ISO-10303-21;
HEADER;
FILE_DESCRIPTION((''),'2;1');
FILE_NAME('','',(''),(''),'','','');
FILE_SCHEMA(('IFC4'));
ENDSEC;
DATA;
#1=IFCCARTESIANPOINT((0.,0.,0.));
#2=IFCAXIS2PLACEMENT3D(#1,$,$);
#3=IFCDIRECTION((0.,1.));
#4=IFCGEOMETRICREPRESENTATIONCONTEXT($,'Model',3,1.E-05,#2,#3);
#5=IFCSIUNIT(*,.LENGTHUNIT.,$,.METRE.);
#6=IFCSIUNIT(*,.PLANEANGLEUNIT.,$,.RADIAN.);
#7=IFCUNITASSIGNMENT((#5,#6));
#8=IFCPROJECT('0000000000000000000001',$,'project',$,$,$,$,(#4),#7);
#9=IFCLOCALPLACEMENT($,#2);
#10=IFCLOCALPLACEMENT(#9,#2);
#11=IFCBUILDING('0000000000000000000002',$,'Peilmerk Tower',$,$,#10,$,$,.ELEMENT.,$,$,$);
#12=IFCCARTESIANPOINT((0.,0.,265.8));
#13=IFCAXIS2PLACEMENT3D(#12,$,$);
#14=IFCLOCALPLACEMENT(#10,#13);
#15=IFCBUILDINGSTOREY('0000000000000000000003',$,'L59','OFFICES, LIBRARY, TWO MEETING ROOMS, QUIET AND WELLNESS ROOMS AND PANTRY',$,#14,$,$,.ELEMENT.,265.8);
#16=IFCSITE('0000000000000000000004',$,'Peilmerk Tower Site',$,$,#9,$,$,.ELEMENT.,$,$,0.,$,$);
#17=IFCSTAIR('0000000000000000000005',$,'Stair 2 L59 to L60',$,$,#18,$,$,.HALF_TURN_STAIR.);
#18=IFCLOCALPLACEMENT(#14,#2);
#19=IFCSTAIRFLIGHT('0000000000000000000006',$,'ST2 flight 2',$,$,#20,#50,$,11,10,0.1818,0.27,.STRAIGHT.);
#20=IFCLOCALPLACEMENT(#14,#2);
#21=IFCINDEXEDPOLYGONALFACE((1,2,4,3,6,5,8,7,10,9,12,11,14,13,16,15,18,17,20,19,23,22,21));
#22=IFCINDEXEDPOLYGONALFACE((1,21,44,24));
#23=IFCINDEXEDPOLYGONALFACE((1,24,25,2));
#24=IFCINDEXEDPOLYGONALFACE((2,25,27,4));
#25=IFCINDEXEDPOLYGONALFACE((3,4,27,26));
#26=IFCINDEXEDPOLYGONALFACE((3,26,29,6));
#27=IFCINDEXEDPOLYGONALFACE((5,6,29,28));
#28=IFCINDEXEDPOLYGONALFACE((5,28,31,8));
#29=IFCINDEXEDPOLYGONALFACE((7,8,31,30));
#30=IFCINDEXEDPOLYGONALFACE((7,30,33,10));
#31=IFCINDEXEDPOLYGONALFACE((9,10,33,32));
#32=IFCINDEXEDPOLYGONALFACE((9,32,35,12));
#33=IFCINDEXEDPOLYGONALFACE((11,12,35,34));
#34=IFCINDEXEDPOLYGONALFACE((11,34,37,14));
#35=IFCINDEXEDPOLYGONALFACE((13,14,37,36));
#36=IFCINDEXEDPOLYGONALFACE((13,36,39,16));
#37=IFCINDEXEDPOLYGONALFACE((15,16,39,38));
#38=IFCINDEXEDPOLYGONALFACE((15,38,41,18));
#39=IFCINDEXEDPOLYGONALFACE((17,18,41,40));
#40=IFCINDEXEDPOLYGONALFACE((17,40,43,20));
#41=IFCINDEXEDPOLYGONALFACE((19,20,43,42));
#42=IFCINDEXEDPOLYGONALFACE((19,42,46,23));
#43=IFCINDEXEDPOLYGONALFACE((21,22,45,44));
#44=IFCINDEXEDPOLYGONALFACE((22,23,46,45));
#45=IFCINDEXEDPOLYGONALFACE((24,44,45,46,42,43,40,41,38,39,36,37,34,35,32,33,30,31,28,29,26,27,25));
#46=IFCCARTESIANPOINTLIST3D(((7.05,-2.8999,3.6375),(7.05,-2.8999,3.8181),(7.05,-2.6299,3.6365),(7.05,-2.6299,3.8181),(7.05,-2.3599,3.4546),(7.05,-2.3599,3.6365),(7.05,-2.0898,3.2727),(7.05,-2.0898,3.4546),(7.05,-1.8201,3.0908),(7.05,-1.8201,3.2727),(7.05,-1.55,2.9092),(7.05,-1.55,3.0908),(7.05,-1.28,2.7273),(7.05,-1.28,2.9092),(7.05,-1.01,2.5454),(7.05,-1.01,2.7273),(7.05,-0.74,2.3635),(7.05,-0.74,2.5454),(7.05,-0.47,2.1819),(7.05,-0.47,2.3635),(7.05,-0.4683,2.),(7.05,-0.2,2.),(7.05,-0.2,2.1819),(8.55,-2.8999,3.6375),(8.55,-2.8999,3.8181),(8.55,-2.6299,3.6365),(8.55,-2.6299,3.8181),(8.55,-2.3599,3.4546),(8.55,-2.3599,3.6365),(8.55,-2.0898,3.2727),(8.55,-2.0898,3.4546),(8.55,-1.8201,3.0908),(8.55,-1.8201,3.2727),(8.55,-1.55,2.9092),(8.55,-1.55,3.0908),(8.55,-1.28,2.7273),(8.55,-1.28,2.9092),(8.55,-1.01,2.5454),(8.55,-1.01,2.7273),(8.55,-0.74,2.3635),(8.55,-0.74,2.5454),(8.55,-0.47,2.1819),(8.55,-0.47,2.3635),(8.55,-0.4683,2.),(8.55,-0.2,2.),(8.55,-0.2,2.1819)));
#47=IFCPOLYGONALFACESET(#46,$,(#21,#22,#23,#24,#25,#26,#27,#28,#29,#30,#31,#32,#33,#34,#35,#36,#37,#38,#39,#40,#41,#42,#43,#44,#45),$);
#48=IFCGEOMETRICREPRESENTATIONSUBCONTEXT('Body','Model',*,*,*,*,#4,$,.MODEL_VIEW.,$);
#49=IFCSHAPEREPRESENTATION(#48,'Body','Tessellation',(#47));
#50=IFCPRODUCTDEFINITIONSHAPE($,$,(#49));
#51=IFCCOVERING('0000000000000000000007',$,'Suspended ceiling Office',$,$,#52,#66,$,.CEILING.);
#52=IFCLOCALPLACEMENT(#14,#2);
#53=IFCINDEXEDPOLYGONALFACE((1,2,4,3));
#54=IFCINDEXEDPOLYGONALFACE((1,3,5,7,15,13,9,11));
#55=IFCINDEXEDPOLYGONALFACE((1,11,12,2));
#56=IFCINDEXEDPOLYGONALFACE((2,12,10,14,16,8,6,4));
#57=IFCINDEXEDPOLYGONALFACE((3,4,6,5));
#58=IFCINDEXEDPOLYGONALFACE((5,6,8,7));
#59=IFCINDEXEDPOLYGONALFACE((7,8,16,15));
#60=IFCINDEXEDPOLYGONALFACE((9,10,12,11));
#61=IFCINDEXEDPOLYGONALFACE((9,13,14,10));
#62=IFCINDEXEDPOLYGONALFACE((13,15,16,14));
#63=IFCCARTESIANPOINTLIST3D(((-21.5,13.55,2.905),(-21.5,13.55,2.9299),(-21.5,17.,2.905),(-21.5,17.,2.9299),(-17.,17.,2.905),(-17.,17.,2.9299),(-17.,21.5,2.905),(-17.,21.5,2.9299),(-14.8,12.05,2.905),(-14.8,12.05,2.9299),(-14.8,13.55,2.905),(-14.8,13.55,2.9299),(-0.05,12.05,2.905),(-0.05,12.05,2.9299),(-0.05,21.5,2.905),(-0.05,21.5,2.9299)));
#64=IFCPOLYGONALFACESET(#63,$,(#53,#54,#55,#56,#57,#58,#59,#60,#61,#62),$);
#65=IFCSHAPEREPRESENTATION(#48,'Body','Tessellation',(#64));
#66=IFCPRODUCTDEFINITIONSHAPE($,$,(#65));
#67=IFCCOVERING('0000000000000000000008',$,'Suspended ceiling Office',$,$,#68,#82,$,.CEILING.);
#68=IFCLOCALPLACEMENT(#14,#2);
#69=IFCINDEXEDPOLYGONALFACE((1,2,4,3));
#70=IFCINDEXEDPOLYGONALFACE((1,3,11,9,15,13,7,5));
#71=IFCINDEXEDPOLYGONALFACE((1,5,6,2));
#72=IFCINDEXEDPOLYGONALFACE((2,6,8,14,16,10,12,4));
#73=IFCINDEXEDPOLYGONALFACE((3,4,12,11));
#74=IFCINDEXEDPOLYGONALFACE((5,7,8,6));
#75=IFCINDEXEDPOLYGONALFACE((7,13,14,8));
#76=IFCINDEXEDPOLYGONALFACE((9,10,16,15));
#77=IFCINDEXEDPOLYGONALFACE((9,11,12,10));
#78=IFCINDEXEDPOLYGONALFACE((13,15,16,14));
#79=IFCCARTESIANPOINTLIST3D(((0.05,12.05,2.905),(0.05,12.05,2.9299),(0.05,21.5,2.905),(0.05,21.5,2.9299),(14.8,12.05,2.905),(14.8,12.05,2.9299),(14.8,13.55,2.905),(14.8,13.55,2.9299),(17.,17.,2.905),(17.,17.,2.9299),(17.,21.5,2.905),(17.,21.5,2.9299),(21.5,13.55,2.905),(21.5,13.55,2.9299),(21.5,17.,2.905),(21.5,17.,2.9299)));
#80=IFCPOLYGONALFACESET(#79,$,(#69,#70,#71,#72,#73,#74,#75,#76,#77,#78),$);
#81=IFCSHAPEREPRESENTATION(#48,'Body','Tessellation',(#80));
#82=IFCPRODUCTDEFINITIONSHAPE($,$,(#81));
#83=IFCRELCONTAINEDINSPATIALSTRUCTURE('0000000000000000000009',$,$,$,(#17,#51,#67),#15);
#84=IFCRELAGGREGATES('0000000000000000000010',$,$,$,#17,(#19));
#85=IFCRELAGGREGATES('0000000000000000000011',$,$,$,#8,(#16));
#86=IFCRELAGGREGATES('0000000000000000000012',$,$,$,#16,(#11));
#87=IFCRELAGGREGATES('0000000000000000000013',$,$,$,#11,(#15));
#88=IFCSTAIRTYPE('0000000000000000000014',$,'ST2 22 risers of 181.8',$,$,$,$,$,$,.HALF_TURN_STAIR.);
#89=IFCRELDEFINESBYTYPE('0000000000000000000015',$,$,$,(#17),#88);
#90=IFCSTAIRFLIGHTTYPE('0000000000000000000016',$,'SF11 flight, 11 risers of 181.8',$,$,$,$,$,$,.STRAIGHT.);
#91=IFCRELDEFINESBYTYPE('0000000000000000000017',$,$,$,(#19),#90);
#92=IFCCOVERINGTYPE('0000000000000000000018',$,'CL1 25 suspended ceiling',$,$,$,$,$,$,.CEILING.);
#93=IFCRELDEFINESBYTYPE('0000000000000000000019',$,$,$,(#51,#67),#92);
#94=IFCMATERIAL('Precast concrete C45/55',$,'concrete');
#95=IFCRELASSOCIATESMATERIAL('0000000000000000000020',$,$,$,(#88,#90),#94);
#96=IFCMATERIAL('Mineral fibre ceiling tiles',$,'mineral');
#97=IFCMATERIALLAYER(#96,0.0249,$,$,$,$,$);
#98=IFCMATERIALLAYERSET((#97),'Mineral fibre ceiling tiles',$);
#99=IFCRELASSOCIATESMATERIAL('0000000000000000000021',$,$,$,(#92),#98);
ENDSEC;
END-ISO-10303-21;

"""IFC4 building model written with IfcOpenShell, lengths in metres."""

from ifc_helpers import new_model, si_unit, direction, frame, origin, place, context, subcontext, project, spatial, polyline, outline, extrude, material, layer, layer_set, type_object, element, aggregate, save


model = new_model("IFC4")

# Units and contexts
model_context = context("Model", 3, precision=1e-05, world=origin(), true_north=direction((0.0, 1.0)))
body_context = subcontext(model_context, "Body", "Model", "MODEL_VIEW")
ifc_project = project(units=[si_unit("LENGTHUNIT", "METRE"), si_unit("PLANEANGLEUNIT", "RADIAN")], contexts=[model_context])

# Site, building, storey
site_placement = place(None, origin())
site = spatial("IfcSite", under=ifc_project, at=site_placement, Name="Peilmerk Tower Site", CompositionType="ELEMENT", RefElevation=0.0)
building_placement = place(site_placement, origin())
building = spatial("IfcBuilding", under=site, at=building_placement, Name="Peilmerk Tower", CompositionType="ELEMENT")
storey_placement = place(building_placement, frame((0.0, 0.0, 265.8)))
storey = spatial("IfcBuildingStorey", under=building, at=storey_placement, Name="L59", Description="OFFICES, LIBRARY, TWO MEETING ROOMS, QUIET AND WELLNESS ROOMS AND PANTRY", CompositionType="ELEMENT", Elevation=265.8)

# Stair
ifc_material_1 = material(Name="Precast concrete C45/55", Category="concrete")
stair_type_1 = type_object("IfcStairType", Name="ST2 22 risers of 181.8", PredefinedType="HALF_TURN_STAIR", material=ifc_material_1)
stair_1_placement = place(storey_placement, origin())
stair_1 = element("IfcStair", 1, at=stair_1_placement, inside=storey, type_object=stair_type_1, Name="Stair 2 L59 to L60", PredefinedType="HALF_TURN_STAIR")

# Stair flight
stair_flight_type = type_object("IfcStairFlightType", Name="SF11 flight, 11 risers of 181.8", PredefinedType="STRAIGHT", material=ifc_material_1)
stair_flight_1_placement = place(storey_placement, frame((7.8, -0.2, 2.0), z_axis=(0.0, 0.0, 1.0), x_axis=(0.0, -1.0, 0.0)))
stair_flight_1 = element("IfcStairFlight", 2, at=stair_flight_1_placement, type_object=stair_flight_type, Name="ST2 flight 2", NumberOfRisers=11, NumberOfTreads=10, PredefinedType="STRAIGHT", RiserHeight=0.1818, TreadLength=0.27, context=body_context, shape_type="SweptSolid", body=[
    extrude(outline(polyline([(0.0, 0.0), (0.0, 0.1819), (0.27, 0.1819), (0.27, 0.3635), (0.54, 0.3635), (0.54, 0.5454), (0.8101, 0.5454), (0.8101, 0.7273), (1.0801, 0.7273), (1.0801, 0.9092), (1.3501, 0.9092), (1.3501, 1.0908), (1.6201, 1.0908), (1.6201, 1.2727), (1.8899, 1.2727), (1.8899, 1.4546), (2.1599, 1.4546), (2.1599, 1.6365), (2.4299, 1.6365), (2.4299, 1.8181), (2.7, 1.8181), (2.7, 2.0), (2.7, 1.6375), (0.2683, 0.0), (0.0, 0.0)])), frame((0.0, 0.75, 0.0), z_axis=(0.0, -1.0, 0.0), x_axis=(1.0, 0.0, 0.0)), (0.0, 0.0, 1.0), 1.5),
])
aggregate(stair_1, [stair_flight_1])

# Coverings
ifc_material_2 = material(Name="Mineral fibre ceiling tiles", Category="mineral")
ifc_layer_1 = layer(ifc_material_2, 0.0249)
ifc_layer_set_1 = layer_set([ifc_layer_1], Name="Mineral fibre ceiling tiles")
covering_type = type_object("IfcCoveringType", Name="CL1 25 suspended ceiling", PredefinedType="CEILING", material=ifc_layer_set_1)
covering_1_placement = place(storey_placement, frame((0.0, 0.0, 2.905)))
element("IfcCovering", 3, at=covering_1_placement, inside=storey, type_object=covering_type, Name="Suspended ceiling Office", PredefinedType="CEILING", context=body_context, shape_type="SweptSolid", body=[
    extrude(outline(polyline([(-21.5, 17.0), (-21.5, 13.55), (-14.8, 13.55), (-14.8, 12.05), (-0.05, 12.05), (-0.05, 21.5), (-17.0, 21.5), (-17.0, 17.0), (-21.5, 17.0)])), origin(), (0.0, 0.0, 1.0), 0.0249),
])
covering_2_placement = place(storey_placement, frame((0.0, 0.0, 2.905)))
element("IfcCovering", 4, at=covering_2_placement, inside=storey, type_object=covering_type, Name="Suspended ceiling Office", PredefinedType="CEILING", context=body_context, shape_type="SweptSolid", body=[
    extrude(outline(polyline([(17.0, 21.5), (0.05, 21.5), (0.05, 12.05), (14.8, 12.05), (14.8, 13.55), (21.5, 13.55), (21.5, 17.0), (17.0, 17.0), (17.0, 21.5)])), origin(), (0.0, 0.0, 1.0), 0.0249),
])

save(model, "model.ifc")
